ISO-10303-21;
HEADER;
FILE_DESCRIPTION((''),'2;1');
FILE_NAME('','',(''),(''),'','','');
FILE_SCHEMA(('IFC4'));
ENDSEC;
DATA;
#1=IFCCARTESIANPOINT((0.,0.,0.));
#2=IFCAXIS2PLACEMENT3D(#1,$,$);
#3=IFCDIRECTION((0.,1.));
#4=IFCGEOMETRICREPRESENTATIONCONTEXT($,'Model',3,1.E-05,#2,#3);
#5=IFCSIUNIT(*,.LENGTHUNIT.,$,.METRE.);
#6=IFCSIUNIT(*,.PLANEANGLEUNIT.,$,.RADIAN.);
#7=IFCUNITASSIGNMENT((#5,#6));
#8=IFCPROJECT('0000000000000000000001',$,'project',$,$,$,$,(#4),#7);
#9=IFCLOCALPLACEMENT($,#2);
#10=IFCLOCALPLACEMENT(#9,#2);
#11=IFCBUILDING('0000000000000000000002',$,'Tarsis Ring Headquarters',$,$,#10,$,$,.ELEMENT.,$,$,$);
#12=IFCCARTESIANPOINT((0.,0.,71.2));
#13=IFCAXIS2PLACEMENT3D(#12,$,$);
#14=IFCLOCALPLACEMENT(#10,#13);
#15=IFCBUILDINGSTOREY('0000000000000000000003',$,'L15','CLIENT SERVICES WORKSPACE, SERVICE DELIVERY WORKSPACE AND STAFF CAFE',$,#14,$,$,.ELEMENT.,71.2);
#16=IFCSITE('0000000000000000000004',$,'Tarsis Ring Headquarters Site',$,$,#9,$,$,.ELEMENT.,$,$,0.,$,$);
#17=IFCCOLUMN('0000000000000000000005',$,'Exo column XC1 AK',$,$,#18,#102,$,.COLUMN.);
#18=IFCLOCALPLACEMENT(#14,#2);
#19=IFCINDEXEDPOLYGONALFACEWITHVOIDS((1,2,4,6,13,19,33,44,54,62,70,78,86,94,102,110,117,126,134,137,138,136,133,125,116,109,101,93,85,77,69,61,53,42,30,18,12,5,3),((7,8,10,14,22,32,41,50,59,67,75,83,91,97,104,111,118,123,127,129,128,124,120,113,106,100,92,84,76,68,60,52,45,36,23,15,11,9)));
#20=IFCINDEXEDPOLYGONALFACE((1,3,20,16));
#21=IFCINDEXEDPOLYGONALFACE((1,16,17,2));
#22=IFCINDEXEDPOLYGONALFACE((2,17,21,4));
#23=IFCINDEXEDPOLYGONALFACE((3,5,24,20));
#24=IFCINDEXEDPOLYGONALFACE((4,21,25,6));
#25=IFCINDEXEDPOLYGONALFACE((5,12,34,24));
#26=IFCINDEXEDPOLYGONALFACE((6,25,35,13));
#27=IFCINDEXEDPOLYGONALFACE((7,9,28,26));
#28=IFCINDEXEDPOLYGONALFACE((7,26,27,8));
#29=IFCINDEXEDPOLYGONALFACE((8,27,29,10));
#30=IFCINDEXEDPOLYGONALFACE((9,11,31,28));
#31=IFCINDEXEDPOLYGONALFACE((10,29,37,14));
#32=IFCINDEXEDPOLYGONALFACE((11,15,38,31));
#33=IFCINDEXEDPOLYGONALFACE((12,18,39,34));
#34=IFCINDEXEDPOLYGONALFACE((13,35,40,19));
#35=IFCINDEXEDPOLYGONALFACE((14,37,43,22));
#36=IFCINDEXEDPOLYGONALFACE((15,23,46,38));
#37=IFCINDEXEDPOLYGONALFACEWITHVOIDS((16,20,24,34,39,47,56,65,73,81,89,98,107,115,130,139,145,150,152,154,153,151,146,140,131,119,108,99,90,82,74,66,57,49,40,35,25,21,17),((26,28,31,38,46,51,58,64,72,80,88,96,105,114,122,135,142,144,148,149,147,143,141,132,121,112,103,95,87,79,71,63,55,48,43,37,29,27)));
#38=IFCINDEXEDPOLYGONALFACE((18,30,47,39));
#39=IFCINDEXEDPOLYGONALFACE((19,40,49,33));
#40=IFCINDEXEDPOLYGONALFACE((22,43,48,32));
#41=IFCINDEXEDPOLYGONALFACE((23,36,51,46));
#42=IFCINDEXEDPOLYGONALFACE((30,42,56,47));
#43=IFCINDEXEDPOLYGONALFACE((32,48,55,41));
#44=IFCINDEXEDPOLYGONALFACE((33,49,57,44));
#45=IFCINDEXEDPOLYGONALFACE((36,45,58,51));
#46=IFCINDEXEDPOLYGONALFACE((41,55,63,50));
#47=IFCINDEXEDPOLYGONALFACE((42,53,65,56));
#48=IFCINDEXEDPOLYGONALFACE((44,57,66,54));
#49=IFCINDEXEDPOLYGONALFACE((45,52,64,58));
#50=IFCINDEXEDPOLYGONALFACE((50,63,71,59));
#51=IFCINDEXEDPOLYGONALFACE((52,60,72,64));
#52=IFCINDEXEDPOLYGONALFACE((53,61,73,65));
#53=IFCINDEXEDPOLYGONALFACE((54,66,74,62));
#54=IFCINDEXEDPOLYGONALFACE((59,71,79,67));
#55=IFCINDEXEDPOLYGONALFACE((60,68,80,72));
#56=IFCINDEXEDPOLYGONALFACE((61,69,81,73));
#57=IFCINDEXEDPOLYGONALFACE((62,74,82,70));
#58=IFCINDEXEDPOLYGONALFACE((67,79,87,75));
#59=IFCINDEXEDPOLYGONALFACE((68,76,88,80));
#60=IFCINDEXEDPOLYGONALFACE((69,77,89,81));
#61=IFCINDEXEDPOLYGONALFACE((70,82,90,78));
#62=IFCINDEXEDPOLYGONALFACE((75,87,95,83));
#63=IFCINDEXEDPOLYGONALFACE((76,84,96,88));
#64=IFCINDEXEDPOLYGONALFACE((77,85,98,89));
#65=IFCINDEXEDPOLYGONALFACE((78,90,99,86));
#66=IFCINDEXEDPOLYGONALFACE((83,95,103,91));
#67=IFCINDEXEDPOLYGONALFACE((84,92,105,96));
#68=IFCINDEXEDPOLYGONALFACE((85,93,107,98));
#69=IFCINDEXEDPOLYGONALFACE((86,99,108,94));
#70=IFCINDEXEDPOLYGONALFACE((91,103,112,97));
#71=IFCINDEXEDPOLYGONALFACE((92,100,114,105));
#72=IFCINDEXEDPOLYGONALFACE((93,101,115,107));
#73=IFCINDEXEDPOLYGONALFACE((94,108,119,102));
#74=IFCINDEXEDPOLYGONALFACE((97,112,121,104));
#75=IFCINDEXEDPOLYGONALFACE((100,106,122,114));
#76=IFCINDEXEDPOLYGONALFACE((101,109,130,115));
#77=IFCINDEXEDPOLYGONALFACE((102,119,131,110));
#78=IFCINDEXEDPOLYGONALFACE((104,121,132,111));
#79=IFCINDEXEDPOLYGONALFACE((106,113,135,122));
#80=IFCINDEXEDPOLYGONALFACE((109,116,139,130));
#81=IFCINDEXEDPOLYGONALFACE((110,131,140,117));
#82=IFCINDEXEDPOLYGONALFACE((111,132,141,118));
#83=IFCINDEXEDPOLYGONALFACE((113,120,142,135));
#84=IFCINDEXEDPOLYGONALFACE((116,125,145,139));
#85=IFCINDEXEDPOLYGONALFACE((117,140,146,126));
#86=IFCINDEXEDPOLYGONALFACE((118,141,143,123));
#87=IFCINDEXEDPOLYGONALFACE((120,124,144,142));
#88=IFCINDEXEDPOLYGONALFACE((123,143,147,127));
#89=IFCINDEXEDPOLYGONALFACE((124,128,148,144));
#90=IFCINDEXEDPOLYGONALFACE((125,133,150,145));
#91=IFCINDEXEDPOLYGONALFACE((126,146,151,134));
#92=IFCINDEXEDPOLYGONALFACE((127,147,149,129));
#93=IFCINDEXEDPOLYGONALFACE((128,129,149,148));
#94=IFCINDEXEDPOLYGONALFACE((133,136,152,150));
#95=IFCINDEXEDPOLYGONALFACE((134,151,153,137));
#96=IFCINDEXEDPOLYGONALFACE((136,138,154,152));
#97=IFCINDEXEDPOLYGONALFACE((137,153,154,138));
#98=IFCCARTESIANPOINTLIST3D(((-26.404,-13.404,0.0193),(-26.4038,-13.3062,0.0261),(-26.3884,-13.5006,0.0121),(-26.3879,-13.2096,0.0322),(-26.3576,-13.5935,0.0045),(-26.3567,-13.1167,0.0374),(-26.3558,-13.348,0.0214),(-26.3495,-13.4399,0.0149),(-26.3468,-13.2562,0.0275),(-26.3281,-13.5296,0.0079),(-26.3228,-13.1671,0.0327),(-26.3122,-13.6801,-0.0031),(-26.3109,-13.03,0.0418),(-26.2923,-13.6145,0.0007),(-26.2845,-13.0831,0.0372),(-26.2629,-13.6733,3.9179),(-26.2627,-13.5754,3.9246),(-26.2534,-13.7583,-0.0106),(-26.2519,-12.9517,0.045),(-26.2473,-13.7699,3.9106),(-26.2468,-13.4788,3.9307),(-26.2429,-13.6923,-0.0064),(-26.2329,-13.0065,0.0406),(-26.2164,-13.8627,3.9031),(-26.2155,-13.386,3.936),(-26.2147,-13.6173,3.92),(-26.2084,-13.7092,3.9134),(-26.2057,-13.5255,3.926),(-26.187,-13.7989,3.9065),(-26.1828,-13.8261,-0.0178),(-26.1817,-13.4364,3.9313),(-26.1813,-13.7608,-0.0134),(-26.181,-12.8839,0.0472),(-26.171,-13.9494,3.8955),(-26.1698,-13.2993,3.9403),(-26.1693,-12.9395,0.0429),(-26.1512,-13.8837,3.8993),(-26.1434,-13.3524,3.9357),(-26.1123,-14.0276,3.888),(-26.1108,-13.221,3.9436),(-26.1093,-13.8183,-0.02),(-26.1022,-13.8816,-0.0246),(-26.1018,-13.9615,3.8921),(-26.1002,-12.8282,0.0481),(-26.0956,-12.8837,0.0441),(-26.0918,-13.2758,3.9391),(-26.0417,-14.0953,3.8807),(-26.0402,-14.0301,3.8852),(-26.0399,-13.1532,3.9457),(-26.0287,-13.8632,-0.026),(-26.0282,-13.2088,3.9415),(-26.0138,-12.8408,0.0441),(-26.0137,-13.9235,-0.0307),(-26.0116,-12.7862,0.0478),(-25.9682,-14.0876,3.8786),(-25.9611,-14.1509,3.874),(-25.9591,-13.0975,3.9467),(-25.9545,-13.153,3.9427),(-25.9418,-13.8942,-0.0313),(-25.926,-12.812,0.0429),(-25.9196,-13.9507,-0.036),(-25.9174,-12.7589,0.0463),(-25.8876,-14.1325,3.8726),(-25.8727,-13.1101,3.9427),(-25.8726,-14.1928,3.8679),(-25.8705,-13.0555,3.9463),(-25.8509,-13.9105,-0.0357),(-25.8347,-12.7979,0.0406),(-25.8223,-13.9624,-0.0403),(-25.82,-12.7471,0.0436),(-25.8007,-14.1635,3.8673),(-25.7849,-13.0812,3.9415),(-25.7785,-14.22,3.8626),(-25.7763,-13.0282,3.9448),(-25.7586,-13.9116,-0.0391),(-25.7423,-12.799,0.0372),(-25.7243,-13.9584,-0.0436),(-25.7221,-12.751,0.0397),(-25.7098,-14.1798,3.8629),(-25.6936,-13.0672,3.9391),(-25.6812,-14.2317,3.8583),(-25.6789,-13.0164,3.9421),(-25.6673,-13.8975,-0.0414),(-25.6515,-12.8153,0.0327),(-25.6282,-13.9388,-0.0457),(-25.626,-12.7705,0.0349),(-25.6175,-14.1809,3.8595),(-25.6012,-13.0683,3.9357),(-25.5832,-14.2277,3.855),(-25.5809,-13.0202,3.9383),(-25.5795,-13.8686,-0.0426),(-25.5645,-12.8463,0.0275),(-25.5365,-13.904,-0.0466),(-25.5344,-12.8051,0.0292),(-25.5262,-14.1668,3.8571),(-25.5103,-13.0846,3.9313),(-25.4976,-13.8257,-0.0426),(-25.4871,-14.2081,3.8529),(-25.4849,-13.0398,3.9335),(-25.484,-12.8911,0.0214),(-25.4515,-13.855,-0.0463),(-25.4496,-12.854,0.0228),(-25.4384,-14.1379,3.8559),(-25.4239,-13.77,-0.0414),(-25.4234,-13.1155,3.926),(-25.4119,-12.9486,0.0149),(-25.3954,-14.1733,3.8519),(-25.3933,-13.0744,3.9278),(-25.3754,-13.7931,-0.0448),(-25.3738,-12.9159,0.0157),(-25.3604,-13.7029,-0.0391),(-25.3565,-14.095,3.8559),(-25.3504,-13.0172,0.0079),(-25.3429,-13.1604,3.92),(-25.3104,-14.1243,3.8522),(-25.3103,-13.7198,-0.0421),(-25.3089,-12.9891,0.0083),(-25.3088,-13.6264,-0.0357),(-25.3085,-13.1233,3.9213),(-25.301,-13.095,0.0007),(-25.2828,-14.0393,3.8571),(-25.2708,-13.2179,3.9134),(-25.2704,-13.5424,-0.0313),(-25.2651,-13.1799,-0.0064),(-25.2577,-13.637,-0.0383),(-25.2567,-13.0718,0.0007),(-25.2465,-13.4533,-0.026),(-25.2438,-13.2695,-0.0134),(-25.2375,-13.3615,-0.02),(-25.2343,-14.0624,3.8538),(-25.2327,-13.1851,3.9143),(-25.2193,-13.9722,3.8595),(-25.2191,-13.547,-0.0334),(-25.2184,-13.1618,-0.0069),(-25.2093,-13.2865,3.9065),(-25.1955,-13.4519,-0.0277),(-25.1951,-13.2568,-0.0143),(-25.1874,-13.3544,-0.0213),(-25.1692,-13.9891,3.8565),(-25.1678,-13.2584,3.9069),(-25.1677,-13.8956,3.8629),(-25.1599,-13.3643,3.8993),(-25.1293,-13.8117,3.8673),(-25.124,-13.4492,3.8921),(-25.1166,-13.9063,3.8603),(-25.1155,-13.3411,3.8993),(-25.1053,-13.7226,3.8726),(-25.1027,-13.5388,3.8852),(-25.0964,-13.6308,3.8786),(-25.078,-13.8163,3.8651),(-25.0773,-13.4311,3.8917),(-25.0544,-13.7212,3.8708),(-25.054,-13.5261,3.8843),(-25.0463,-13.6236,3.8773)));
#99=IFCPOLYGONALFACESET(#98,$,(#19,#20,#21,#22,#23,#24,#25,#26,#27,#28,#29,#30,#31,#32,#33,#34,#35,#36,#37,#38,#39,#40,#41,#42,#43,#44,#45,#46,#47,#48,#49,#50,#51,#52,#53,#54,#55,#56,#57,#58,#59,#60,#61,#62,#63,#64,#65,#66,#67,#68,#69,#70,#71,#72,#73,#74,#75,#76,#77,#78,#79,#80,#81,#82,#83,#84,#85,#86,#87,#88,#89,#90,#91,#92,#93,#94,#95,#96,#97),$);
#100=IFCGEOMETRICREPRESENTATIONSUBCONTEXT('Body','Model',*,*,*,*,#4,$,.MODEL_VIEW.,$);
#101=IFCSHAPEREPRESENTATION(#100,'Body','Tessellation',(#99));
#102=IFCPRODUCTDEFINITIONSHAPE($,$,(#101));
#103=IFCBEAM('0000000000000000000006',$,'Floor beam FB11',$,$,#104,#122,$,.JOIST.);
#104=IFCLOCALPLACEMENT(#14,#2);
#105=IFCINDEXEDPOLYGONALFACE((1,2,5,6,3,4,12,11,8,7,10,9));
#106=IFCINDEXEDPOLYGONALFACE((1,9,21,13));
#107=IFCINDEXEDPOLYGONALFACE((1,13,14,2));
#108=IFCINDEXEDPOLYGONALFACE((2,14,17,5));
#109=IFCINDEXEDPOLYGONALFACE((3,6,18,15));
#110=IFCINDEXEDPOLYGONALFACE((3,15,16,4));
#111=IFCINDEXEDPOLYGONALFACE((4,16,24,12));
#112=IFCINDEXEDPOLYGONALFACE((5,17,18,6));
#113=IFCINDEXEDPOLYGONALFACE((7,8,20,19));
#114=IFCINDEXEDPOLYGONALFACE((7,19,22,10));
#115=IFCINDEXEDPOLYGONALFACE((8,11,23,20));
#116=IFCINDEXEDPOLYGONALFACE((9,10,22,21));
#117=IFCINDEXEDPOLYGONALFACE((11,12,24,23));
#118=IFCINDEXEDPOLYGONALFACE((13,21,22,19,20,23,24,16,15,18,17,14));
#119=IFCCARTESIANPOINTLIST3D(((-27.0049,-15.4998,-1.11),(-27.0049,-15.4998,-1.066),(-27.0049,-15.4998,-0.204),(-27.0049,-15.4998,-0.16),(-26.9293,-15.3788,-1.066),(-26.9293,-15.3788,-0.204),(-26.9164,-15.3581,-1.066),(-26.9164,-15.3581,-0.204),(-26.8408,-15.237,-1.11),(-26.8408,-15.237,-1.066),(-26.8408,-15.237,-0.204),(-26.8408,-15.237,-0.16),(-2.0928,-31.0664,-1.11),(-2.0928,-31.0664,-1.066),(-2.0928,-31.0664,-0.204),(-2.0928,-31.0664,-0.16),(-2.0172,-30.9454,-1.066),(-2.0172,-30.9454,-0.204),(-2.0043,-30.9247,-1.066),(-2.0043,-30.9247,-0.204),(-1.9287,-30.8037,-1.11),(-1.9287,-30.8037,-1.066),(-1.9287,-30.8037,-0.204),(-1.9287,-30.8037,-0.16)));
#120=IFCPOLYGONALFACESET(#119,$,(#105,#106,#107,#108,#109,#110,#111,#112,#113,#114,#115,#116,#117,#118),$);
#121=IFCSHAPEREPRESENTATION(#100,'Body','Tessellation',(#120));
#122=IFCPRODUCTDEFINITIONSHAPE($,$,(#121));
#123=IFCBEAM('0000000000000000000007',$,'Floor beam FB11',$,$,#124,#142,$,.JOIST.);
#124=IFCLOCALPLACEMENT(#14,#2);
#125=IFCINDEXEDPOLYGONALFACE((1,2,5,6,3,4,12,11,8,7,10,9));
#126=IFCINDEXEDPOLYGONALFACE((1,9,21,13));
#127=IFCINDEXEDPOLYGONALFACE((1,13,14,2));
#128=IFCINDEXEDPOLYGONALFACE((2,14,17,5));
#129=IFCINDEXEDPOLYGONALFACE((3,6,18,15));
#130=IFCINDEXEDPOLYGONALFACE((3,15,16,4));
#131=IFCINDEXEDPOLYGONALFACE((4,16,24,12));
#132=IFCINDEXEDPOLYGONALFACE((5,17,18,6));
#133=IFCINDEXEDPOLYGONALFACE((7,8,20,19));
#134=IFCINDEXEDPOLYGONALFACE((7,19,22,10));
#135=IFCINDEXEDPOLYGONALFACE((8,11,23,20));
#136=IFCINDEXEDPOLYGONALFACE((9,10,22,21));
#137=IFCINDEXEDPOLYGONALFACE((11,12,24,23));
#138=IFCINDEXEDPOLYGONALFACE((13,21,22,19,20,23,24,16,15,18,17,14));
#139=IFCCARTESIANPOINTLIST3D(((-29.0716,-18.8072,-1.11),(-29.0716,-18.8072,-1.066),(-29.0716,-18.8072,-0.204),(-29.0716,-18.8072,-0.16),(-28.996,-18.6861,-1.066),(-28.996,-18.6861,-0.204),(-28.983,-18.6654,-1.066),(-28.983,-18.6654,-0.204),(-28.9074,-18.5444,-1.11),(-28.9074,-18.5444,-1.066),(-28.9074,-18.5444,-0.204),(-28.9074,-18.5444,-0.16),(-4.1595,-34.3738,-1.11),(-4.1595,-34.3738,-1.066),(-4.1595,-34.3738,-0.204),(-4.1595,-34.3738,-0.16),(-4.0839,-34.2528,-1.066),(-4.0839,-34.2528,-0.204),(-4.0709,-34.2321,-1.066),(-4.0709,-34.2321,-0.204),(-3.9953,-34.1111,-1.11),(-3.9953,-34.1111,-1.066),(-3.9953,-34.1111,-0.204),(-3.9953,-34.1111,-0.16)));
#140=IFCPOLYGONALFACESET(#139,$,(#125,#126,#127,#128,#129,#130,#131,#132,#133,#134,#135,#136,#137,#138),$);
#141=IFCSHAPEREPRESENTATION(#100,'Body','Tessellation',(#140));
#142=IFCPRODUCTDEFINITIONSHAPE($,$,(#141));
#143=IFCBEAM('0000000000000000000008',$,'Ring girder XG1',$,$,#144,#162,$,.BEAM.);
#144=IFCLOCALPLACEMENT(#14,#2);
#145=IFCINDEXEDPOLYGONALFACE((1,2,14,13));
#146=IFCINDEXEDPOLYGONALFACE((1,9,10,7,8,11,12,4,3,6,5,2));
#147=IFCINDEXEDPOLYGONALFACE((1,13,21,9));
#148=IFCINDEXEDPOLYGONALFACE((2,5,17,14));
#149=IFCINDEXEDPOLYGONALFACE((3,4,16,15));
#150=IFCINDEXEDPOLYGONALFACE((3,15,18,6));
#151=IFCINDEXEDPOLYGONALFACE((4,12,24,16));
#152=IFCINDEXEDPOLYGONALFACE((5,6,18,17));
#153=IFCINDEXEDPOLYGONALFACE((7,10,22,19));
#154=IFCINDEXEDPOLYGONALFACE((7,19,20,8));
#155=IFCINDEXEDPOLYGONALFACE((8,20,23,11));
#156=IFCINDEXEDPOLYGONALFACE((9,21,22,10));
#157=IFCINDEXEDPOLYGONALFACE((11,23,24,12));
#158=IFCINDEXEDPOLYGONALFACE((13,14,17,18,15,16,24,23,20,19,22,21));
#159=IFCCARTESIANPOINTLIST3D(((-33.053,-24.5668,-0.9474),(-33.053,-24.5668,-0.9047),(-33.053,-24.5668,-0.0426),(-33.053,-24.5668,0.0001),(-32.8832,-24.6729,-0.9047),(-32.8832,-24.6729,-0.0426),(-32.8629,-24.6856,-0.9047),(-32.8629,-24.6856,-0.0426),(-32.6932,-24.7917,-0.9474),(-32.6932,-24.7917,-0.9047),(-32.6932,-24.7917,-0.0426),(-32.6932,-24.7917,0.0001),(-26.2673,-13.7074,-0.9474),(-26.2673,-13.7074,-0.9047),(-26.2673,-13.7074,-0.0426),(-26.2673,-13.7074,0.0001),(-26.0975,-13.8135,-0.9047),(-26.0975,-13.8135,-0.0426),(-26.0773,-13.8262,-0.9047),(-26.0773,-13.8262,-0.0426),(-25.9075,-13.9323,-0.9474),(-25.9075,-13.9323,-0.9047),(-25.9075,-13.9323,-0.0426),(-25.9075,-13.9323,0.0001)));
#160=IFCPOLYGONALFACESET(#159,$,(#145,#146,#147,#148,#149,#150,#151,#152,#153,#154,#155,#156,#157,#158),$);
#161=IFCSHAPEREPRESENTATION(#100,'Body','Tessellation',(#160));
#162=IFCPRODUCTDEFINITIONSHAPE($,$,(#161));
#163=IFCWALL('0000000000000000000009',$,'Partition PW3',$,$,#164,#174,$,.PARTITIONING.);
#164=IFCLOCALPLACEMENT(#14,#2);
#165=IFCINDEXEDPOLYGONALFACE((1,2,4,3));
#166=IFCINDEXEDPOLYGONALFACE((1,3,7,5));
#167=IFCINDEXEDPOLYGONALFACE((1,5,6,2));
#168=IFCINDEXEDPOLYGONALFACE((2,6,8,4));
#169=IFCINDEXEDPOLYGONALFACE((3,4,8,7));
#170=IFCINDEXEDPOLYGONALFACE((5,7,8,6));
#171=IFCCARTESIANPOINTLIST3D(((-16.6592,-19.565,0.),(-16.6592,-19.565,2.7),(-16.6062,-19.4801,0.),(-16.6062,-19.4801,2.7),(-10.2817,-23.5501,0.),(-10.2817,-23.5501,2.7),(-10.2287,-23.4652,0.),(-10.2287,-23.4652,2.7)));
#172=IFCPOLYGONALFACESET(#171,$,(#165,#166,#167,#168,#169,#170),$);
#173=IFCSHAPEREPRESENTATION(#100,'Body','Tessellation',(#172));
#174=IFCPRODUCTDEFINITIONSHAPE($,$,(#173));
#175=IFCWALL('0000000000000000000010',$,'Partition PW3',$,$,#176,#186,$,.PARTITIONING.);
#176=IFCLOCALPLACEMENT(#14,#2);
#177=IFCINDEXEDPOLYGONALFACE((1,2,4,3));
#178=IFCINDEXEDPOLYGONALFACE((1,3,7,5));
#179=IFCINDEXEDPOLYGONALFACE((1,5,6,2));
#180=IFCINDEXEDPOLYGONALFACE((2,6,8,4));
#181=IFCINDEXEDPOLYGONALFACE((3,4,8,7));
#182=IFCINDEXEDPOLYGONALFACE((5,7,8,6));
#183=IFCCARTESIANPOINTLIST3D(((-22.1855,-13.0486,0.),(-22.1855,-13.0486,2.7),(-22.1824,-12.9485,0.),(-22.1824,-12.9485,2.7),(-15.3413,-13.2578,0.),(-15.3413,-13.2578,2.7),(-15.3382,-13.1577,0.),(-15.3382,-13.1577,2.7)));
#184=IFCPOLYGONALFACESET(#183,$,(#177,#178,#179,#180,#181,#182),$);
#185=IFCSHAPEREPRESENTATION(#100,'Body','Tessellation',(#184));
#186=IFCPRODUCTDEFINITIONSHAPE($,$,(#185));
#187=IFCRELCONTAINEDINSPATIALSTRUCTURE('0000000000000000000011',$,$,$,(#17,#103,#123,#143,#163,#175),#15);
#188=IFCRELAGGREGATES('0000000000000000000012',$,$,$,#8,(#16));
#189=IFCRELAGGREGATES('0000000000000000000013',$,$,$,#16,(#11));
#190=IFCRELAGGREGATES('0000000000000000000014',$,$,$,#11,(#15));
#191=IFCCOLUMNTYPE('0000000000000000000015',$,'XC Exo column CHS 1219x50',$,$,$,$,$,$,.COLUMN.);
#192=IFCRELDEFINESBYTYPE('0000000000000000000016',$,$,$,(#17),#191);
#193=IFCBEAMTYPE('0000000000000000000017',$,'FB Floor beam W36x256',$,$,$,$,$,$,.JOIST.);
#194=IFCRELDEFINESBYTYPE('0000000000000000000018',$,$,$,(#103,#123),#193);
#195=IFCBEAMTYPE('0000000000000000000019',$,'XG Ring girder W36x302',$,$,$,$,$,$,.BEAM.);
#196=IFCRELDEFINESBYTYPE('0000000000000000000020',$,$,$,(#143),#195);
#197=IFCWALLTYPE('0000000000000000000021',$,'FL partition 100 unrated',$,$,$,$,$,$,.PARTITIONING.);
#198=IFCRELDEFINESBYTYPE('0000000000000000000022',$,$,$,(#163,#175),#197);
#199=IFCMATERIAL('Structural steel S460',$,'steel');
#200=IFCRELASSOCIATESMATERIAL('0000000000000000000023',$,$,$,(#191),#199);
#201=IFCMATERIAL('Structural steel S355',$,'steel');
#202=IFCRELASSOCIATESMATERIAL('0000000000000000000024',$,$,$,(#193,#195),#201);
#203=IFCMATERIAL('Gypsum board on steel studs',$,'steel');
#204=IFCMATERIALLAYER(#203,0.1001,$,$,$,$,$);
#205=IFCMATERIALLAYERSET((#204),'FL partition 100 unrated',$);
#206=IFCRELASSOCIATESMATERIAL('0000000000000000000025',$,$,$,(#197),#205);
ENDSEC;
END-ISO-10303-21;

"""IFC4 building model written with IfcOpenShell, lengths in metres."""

from ifc_helpers import new_model, si_unit, direction, frame, frame_2d, origin, origin_2d, place, context, subcontext, project, spatial, rectangle, hollow_circle, i_section, extrude, material, layer, layer_set, material_profile, profile_set, type_object, element, save


model = new_model("IFC4")

# Units and contexts
model_context = context("Model", 3, precision=1e-05, world=origin(), true_north=direction((0.0, 1.0)))
body_context = subcontext(model_context, "Body", "Model", "MODEL_VIEW")
ifc_project = project(units=[si_unit("LENGTHUNIT", "METRE"), si_unit("PLANEANGLEUNIT", "RADIAN")], contexts=[model_context])

# Site, building, storey
site_placement = place(None, origin())
site = spatial("IfcSite", under=ifc_project, at=site_placement, Name="Tarsis Ring Headquarters Site", CompositionType="ELEMENT", RefElevation=0.0)
building_placement = place(site_placement, origin())
building = spatial("IfcBuilding", under=site, at=building_placement, Name="Tarsis Ring Headquarters", CompositionType="ELEMENT")
storey_placement = place(building_placement, frame((0.0, 0.0, 71.2)))
storey = spatial("IfcBuildingStorey", under=building, at=storey_placement, Name="L15", Description="CLIENT SERVICES WORKSPACE, SERVICE DELIVERY WORKSPACE AND STAFF CAFE", CompositionType="ELEMENT", Elevation=71.2)

# Column
ifc_material_1 = material(Name="Structural steel S460", Category="steel")
ifc_material_profile_1 = material_profile(ifc_material_1, hollow_circle(Radius=0.6096, WallThickness=0.05, at=origin_2d()), Name="CHS 1219x50")
ifc_profile_set_1 = profile_set([ifc_material_profile_1], Name="Structural steel S460")
column_type = type_object("IfcColumnType", Name="XC Exo column CHS 1219x50", PredefinedType="COLUMN", material=ifc_profile_set_1)
column_placement = place(storey_placement, frame((-25.7966, -13.3547, 0.0007), z_axis=(0.036086, -0.068862, 0.996973), x_axis=(0.885753, 0.464157, 0.0)))
element("IfcColumn", 1, at=column_placement, inside=storey, type_object=column_type, Name="Exo column XC1 AK", PredefinedType="COLUMN", context=body_context, shape_type="SweptSolid", body=[
    extrude(hollow_circle(Radius=0.6096, WallThickness=0.05, at=origin_2d()), origin(), (0.0, 0.0, 1.0), 3.9104),
])

# Beams
ifc_material_2 = material(Name="Structural steel S355", Category="steel")
ifc_material_profile_2 = material_profile(ifc_material_2, i_section(OverallWidth=0.3098, OverallDepth=0.95, WebThickness=0.0244, FlangeThickness=0.0439, at=origin_2d()), Name="W36x256")
ifc_profile_set_2 = profile_set([ifc_material_profile_2], Name="Structural steel S355")
beam_type_1 = type_object("IfcBeamType", Name="FB Floor beam W36x256", PredefinedType="JOIST", material=ifc_profile_set_2)
for number, where, z_axis, x_axis, name in (
    (2, (-26.9229, -15.3684, -0.635), (0.848051, -0.529915, 0.0), (0.529915, 0.848051, 0.0), "Floor beam FB11"),
    (3, (-28.9895, -18.6758, -0.635), (0.848051, -0.529915, 0.0), (0.529915, 0.848051, 0.0), "Floor beam FB11"),
):
    element("IfcBeam", number, at=place(storey_placement, frame(where, z_axis=z_axis, x_axis=x_axis)), inside=storey, type_object=beam_type_1, Name=name, PredefinedType="JOIST", context=body_context, shape_type="SweptSolid", body=[
        extrude(i_section(OverallWidth=0.3098, OverallDepth=0.95, WebThickness=0.0244, FlangeThickness=0.0439, at=origin_2d()), origin(), (0.0, 0.0, 1.0), 29.3757),
    ])
ifc_material_profile_3 = material_profile(ifc_material_2, i_section(OverallWidth=0.4243, OverallDepth=0.9475, WebThickness=0.0239, FlangeThickness=0.0427, at=origin_2d()), Name="W36x302")
ifc_profile_set_3 = profile_set([ifc_material_profile_3], Name="Structural steel S355")
beam_type_2 = type_object("IfcBeamType", Name="XG Ring girder W36x302", PredefinedType="BEAM", material=ifc_profile_set_3)
beam_placement = place(storey_placement, frame((-26.0874, -13.8198, -0.4736), z_axis=(-0.529917, -0.84805, 0.0), x_axis=(0.84805, -0.529917, 0.0)))
element("IfcBeam", 4, at=beam_placement, inside=storey, type_object=beam_type_2, Name="Ring girder XG1", PredefinedType="BEAM", context=body_context, shape_type="SweptSolid", body=[
    extrude(i_section(OverallWidth=0.4243, OverallDepth=0.9475, WebThickness=0.0239, FlangeThickness=0.0427, at=origin_2d()), origin(), (0.0, 0.0, 1.0), 12.8052),
])

# Walls
ifc_material_3 = material(Name="Gypsum board on steel studs", Category="steel")
ifc_layer_1 = layer(ifc_material_3, 0.1001)
ifc_layer_set_1 = layer_set([ifc_layer_1], Name="FL partition 100 unrated")
wall_type_1 = type_object("IfcWallType", Name="FL partition 100 unrated", PredefinedType="PARTITIONING", material=ifc_layer_set_1)
wall_1_placement = place(storey_placement, frame((-16.6328, -19.5225, 0.0), z_axis=(0.0, 0.0, 1.0), x_axis=(0.848046, -0.529923, 0.0)))
element("IfcWall", 5, at=wall_1_placement, inside=storey, type_object=wall_type_1, Name="Partition PW3", PredefinedType="PARTITIONING", context=body_context, shape_type="SweptSolid", body=[
    extrude(rectangle(XDim=7.5203, YDim=0.1001, at=frame_2d((3.7603, 0.0))), origin(), (0.0, 0.0, 1.0), 2.7),
])
wall_2_placement = place(storey_placement, frame((-22.1841, -12.9985, 0.0), z_axis=(0.0, 0.0, 1.0), x_axis=(0.999533, -0.030556, 0.0)))
element("IfcWall", 6, at=wall_2_placement, inside=storey, type_object=wall_type_1, Name="Partition PW3", PredefinedType="PARTITIONING", context=body_context, shape_type="SweptSolid", body=[
    extrude(rectangle(XDim=6.8474, YDim=0.1001, at=frame_2d((3.4238, 0.0))), origin(), (0.0, 0.0, 1.0), 2.7),
])

save(model, "model.ifc")
